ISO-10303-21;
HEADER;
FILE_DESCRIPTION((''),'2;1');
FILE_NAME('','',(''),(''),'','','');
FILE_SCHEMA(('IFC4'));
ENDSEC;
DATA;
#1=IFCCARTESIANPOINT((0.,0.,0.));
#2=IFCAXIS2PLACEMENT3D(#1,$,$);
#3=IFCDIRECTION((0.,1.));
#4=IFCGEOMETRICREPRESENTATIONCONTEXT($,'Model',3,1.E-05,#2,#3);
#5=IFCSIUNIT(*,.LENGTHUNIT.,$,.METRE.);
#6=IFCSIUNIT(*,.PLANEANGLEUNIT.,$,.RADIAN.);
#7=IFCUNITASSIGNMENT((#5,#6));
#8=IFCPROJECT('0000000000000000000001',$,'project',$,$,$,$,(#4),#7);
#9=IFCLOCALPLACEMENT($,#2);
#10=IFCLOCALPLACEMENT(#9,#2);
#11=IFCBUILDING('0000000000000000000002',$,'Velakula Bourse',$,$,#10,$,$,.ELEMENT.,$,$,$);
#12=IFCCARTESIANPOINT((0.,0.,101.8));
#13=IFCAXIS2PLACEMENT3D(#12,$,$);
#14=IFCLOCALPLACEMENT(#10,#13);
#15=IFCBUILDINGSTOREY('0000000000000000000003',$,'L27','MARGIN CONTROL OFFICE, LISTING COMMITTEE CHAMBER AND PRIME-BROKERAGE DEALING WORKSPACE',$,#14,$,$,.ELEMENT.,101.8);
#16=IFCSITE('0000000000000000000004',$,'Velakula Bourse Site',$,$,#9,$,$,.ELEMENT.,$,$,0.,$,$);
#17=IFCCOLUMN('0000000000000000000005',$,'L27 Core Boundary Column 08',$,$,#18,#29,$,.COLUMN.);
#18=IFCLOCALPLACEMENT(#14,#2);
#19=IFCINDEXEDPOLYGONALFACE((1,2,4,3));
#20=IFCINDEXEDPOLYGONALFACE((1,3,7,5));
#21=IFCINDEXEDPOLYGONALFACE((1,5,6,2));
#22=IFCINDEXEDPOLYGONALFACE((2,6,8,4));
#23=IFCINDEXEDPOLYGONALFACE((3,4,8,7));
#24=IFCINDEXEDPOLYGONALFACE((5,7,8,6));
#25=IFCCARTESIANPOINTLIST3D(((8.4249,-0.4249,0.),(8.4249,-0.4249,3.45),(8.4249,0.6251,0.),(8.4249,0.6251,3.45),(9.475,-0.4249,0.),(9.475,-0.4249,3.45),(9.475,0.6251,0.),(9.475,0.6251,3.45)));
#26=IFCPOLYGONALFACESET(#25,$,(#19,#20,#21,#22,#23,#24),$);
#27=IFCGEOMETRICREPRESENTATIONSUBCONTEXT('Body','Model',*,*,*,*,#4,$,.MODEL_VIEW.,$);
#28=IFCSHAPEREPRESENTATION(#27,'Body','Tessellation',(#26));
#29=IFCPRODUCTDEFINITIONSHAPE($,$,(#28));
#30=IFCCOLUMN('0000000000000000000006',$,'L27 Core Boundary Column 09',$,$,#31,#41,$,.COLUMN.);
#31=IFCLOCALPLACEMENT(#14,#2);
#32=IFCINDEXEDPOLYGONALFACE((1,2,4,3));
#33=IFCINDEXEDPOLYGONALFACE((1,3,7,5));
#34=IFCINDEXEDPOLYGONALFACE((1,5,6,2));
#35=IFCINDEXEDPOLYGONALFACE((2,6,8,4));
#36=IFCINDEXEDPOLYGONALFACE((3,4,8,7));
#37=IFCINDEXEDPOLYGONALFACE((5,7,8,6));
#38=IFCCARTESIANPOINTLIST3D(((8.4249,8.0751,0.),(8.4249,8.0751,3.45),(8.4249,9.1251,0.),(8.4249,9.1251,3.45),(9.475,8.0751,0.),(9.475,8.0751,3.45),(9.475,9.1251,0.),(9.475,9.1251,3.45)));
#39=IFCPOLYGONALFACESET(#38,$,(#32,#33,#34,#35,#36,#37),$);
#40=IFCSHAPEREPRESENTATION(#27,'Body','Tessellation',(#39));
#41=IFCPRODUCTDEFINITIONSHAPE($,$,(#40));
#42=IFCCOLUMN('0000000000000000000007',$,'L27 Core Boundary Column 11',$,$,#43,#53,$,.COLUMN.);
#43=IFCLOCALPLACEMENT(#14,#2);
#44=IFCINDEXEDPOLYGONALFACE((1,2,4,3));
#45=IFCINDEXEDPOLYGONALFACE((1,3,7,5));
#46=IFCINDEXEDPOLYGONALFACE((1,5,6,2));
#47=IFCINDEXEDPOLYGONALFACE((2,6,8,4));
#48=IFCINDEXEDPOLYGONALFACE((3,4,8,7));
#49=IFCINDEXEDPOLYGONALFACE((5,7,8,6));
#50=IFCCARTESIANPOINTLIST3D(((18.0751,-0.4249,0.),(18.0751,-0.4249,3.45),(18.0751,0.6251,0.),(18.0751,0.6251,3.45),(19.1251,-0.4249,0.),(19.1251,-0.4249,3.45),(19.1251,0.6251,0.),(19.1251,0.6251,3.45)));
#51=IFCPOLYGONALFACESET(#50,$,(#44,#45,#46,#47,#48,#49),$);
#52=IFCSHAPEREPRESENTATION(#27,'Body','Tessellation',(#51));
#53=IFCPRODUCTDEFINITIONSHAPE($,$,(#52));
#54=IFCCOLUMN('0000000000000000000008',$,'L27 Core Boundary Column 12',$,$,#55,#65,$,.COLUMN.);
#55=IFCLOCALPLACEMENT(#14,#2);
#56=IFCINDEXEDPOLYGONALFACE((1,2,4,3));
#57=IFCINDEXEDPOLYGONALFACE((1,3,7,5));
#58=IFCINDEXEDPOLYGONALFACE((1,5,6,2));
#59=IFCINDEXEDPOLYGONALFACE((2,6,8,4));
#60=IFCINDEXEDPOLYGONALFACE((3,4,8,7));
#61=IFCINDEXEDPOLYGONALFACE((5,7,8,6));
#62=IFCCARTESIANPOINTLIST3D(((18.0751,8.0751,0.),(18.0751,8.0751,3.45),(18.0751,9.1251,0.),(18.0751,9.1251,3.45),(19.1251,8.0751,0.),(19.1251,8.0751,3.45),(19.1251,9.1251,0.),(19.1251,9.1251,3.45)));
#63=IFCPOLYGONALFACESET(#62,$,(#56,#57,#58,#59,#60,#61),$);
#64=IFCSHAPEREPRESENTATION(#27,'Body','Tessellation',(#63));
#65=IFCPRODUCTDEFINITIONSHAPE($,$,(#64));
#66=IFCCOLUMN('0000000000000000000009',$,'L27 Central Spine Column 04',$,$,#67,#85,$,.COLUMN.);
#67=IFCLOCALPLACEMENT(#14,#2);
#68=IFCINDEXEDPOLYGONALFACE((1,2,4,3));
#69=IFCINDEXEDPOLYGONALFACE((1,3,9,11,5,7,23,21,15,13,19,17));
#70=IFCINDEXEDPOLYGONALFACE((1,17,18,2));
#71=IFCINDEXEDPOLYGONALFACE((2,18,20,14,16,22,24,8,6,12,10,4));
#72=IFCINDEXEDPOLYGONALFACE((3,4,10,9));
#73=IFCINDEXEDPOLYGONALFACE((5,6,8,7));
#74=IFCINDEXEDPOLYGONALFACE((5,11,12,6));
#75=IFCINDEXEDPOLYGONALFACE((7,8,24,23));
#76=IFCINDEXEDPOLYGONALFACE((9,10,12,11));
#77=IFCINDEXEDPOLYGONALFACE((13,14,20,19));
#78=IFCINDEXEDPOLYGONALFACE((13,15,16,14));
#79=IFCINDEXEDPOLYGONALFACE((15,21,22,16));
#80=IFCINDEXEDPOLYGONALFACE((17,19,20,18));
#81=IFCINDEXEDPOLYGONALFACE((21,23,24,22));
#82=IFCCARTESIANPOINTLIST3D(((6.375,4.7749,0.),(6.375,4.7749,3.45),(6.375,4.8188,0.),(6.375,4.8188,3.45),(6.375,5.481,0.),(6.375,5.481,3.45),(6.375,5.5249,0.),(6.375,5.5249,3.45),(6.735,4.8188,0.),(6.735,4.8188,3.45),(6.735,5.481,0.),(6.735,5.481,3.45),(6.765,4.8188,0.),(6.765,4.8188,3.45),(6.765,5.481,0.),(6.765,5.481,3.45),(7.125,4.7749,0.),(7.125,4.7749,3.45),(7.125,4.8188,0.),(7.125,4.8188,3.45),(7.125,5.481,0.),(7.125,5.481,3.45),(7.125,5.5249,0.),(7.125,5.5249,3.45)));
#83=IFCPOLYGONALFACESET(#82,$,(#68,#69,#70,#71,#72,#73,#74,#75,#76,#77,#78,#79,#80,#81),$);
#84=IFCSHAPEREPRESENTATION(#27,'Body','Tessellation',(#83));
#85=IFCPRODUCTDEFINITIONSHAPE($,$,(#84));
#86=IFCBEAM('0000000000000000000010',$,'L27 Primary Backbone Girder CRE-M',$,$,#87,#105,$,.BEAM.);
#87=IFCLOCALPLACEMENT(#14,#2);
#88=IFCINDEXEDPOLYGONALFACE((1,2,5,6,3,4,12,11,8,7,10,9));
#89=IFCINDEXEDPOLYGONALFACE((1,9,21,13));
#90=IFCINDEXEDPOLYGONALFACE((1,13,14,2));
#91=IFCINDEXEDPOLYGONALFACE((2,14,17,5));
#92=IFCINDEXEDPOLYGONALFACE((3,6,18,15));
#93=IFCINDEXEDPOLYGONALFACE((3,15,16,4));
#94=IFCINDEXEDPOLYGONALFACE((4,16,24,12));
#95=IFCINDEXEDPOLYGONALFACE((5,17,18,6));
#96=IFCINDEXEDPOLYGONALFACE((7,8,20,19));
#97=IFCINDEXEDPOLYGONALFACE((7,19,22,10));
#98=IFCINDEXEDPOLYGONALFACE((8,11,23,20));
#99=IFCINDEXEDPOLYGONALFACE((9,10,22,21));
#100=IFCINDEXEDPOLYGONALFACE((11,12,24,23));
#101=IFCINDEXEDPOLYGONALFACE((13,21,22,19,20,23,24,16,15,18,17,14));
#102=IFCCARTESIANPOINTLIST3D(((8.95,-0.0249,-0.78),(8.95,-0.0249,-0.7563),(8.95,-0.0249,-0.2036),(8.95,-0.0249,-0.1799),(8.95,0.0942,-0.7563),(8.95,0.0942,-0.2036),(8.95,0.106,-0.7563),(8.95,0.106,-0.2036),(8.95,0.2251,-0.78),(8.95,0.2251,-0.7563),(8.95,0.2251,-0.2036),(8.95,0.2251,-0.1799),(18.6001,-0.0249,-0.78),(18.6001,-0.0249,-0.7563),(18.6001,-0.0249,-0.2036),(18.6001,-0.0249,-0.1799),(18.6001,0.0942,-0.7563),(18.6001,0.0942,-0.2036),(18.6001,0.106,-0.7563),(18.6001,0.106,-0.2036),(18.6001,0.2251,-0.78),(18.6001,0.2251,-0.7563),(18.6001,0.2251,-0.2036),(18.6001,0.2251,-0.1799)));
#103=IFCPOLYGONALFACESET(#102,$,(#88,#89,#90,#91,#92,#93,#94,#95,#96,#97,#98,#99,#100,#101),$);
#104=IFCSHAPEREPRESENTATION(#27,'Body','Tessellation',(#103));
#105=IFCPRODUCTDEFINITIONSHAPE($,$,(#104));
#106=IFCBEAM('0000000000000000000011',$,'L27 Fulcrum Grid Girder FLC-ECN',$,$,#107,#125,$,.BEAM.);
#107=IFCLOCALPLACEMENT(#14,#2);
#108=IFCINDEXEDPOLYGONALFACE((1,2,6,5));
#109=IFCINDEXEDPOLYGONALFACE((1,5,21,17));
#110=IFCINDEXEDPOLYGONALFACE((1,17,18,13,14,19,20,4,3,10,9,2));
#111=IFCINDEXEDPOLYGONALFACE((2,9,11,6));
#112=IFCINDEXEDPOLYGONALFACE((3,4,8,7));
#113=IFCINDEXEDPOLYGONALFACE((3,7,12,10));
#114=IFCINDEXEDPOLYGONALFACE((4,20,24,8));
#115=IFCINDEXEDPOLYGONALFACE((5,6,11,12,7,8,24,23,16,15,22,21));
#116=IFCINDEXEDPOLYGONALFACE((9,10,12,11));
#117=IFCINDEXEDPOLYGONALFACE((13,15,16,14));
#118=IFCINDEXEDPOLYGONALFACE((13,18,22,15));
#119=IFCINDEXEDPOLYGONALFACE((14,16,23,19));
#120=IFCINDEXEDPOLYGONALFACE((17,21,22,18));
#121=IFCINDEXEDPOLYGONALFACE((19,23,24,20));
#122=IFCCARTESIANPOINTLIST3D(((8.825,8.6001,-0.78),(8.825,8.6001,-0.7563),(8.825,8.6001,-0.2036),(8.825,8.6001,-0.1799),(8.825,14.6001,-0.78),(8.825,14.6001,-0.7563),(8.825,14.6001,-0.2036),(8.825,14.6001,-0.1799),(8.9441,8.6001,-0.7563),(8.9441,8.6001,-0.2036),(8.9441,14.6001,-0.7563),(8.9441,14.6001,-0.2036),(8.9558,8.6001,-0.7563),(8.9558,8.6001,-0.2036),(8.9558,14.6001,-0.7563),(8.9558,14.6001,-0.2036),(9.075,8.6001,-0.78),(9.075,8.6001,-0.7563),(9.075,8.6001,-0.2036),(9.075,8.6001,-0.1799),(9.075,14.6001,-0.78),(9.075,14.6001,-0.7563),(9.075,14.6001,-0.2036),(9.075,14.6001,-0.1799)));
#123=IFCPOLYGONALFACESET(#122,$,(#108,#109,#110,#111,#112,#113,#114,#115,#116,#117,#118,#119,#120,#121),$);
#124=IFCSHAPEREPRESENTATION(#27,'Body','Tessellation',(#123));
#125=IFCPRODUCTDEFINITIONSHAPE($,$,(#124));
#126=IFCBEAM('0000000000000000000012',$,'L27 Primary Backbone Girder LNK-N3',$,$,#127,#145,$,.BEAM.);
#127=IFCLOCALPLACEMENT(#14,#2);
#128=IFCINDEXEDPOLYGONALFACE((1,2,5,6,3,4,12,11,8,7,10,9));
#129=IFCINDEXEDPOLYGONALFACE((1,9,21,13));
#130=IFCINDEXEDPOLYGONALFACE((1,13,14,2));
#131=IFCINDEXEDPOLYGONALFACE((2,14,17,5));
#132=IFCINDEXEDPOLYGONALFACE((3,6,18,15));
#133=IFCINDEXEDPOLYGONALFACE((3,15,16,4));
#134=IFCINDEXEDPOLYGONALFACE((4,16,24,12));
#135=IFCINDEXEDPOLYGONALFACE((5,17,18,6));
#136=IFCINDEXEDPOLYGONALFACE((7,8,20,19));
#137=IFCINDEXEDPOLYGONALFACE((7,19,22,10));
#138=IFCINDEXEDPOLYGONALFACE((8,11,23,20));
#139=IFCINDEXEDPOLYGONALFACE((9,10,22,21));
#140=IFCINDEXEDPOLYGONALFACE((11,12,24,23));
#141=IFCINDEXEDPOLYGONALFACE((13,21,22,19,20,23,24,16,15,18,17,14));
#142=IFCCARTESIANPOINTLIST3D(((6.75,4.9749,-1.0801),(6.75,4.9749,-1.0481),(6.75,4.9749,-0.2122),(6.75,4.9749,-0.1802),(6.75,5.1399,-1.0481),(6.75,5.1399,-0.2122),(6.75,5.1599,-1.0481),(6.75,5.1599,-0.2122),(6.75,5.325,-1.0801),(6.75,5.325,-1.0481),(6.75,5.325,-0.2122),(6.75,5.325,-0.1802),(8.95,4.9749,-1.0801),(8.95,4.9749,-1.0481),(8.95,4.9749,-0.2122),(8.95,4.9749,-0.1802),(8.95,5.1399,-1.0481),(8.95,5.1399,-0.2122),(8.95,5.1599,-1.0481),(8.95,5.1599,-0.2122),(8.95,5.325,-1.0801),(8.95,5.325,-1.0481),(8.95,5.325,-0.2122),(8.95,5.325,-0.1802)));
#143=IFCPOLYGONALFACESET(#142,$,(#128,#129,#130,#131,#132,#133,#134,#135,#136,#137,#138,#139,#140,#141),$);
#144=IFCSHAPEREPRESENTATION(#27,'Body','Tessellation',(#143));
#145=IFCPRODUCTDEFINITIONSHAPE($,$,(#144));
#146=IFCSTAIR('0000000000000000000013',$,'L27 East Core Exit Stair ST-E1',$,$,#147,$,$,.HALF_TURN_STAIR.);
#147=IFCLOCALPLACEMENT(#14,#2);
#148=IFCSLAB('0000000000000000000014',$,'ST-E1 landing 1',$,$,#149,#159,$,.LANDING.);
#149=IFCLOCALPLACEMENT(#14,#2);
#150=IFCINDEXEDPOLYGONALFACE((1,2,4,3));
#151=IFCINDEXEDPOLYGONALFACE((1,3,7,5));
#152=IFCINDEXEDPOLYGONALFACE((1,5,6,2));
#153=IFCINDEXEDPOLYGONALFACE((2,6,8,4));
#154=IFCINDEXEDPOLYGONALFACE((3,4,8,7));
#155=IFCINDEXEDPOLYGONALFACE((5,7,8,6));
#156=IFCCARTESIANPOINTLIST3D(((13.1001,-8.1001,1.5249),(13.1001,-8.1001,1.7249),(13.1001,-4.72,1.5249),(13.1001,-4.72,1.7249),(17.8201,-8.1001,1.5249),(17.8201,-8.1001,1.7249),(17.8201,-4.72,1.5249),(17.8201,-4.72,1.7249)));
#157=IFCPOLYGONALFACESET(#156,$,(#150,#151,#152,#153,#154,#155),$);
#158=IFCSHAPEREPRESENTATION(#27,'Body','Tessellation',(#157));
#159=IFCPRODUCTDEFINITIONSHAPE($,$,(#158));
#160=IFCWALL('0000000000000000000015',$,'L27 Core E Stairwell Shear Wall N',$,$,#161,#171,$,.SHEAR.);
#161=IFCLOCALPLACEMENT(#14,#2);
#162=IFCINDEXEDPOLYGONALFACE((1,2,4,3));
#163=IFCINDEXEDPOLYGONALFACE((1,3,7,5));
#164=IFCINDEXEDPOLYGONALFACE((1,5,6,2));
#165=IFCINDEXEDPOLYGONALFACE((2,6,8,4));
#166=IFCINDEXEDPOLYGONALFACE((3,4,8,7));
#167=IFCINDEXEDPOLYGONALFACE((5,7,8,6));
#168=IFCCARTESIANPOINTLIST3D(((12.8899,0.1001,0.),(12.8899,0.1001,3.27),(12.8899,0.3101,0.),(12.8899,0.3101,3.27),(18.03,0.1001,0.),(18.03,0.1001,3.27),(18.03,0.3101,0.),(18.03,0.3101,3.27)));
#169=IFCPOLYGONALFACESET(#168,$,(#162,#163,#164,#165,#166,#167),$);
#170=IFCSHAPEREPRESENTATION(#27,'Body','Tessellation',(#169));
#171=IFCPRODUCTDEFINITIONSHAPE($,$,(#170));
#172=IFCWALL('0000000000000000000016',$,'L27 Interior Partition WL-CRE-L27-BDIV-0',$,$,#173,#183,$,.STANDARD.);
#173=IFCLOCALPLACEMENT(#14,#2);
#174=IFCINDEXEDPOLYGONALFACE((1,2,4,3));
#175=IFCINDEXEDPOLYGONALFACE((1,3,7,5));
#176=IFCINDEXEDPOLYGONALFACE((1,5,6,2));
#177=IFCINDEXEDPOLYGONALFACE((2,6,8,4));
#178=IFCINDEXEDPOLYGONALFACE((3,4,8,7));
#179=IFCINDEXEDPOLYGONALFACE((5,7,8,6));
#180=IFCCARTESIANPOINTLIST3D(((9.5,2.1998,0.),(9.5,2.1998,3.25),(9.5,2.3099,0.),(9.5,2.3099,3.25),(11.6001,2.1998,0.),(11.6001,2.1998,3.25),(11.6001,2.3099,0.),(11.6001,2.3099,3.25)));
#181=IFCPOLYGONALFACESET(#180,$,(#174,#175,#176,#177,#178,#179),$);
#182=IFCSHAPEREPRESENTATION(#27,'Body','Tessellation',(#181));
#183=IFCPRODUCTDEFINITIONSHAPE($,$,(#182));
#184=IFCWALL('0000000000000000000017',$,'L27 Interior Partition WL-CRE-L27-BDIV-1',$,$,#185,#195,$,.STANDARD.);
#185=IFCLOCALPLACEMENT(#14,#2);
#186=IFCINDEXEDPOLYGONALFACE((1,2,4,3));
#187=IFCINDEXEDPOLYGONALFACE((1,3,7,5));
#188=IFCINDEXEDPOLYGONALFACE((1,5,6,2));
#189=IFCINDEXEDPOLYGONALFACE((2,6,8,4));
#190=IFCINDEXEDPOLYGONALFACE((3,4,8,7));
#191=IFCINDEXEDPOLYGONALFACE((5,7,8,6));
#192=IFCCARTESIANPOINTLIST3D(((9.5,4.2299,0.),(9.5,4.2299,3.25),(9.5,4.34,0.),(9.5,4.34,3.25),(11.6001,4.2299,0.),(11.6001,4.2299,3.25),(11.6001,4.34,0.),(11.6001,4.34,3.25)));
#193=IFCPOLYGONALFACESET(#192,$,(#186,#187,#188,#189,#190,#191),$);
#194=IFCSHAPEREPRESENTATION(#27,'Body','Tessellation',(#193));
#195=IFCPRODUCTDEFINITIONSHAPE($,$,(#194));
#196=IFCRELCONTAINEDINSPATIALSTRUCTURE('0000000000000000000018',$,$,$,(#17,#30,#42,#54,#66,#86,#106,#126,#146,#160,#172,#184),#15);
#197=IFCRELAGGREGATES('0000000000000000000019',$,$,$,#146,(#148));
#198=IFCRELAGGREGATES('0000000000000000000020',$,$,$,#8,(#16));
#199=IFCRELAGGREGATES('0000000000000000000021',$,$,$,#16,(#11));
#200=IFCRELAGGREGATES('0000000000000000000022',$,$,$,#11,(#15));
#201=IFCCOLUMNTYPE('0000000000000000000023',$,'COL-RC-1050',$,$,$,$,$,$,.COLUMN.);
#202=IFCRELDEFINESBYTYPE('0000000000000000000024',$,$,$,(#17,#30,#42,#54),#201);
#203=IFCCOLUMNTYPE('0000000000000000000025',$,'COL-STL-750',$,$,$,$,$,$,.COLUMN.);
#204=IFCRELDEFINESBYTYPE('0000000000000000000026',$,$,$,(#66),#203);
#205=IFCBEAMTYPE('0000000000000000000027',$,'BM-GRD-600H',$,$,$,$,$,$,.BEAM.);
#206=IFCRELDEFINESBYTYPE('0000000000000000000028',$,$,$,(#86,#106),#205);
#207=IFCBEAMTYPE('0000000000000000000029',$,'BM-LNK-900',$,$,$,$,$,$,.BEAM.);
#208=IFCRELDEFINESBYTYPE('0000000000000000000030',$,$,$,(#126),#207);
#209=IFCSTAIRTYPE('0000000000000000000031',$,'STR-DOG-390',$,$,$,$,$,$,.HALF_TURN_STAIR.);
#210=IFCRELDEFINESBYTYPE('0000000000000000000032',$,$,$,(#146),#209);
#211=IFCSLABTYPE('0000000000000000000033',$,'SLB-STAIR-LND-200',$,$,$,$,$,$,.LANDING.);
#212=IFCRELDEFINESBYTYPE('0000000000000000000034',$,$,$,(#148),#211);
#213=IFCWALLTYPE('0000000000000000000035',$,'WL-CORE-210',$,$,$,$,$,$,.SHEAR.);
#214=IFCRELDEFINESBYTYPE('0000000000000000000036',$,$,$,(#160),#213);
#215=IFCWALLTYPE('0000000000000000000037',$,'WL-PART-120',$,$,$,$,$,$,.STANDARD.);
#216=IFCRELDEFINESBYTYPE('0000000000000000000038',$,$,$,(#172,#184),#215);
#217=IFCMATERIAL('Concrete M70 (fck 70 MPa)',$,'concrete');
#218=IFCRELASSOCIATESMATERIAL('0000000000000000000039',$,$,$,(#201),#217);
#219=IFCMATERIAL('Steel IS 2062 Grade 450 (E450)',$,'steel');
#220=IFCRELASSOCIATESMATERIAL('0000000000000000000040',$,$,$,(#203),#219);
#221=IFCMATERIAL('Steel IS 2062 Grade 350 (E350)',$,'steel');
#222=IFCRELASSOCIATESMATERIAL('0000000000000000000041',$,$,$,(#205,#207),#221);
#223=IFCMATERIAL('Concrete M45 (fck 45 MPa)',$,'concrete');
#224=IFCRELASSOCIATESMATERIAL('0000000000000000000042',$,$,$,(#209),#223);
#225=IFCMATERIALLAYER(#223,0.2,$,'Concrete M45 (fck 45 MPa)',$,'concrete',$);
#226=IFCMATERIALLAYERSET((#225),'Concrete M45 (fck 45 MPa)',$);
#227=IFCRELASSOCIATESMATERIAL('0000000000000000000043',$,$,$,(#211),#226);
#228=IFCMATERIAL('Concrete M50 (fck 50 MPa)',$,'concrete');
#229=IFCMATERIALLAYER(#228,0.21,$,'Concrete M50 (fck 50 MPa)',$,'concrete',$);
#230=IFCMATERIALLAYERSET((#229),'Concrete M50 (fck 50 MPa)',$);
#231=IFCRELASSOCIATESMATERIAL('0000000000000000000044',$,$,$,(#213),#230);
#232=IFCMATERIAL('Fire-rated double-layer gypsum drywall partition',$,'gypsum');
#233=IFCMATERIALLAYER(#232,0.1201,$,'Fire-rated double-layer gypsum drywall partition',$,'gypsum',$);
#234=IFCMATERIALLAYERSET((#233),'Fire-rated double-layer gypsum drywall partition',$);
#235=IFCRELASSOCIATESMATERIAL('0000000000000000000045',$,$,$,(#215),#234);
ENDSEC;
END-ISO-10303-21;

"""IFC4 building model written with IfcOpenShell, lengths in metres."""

from ifc_helpers import new_model, si_unit, direction, frame, frame_2d, origin, origin_2d, place, context, subcontext, project, spatial, polyline, rectangle, i_section, outline, extrude, material, layer, layer_set, material_profile, profile_set, type_object, element, aggregate, save


model = new_model("IFC4")

# Units and contexts
model_context = context("Model", 3, precision=1e-05, world=origin(), true_north=direction((0.0, 1.0)))
body_context = subcontext(model_context, "Body", "Model", "MODEL_VIEW")
ifc_project = project(units=[si_unit("LENGTHUNIT", "METRE"), si_unit("PLANEANGLEUNIT", "RADIAN")], contexts=[model_context])

# Site, building, storey
site_placement = place(None, origin())
site = spatial("IfcSite", under=ifc_project, at=site_placement, Name="Velakula Bourse Site", CompositionType="ELEMENT", RefElevation=0.0)
building_placement = place(site_placement, origin())
building = spatial("IfcBuilding", under=site, at=building_placement, Name="Velakula Bourse", CompositionType="ELEMENT")
storey_placement = place(building_placement, frame((0.0, 0.0, 101.8)))
storey = spatial("IfcBuildingStorey", under=building, at=storey_placement, Name="L27", Description="MARGIN CONTROL OFFICE, LISTING COMMITTEE CHAMBER AND PRIME-BROKERAGE DEALING WORKSPACE", CompositionType="ELEMENT", Elevation=101.8)

# Columns
ifc_material_1 = material(Name="Concrete M70 (fck 70 MPa)", Category="concrete")
ifc_material_profile_1 = material_profile(ifc_material_1, rectangle(XDim=1.05, YDim=1.05, at=origin_2d()), Name="Concrete M70 (fck 70 MPa)")
ifc_profile_set_1 = profile_set([ifc_material_profile_1], Name="Concrete M70 (fck 70 MPa)")
column_type_1 = type_object("IfcColumnType", Name="COL-RC-1050", PredefinedType="COLUMN", material=ifc_profile_set_1)
for number, where, z_axis, x_axis, name in (
    (1, (8.95, 0.1001, 0.0), (0.0, 0.0, 1.0), (1.0, 0.0, 0.0), "L27 Core Boundary Column 08"),
    (2, (8.95, 8.6001, 0.0), (0.0, 0.0, 1.0), (1.0, 0.0, 0.0), "L27 Core Boundary Column 09"),
    (3, (18.6001, 0.1001, 0.0), (0.0, 0.0, 1.0), (1.0, 0.0, 0.0), "L27 Core Boundary Column 11"),
    (4, (18.6001, 8.6001, 0.0), (0.0, 0.0, 1.0), (1.0, 0.0, 0.0), "L27 Core Boundary Column 12"),
):
    element("IfcColumn", number, at=place(storey_placement, frame(where, z_axis=z_axis, x_axis=x_axis)), inside=storey, type_object=column_type_1, Name=name, PredefinedType="COLUMN", context=body_context, shape_type="SweptSolid", body=[
        extrude(rectangle(XDim=1.05, YDim=1.05, at=origin_2d()), origin(), (0.0, 0.0, 1.0), 3.45),
    ])
ifc_material_2 = material(Name="Steel IS 2062 Grade 450 (E450)", Category="steel")
ifc_material_profile_2 = material_profile(ifc_material_2, i_section(OverallWidth=0.75, OverallDepth=0.75, WebThickness=0.03, FlangeThickness=0.0439, at=origin_2d()), Name="Steel IS 2062 Grade 450 (E450)")
ifc_profile_set_2 = profile_set([ifc_material_profile_2], Name="Steel IS 2062 Grade 450 (E450)")
column_type_2 = type_object("IfcColumnType", Name="COL-STL-750", PredefinedType="COLUMN", material=ifc_profile_set_2)
column_placement = place(storey_placement, frame((6.75, 5.1499, 0.0), z_axis=(0.0, 0.0, 1.0), x_axis=(1.0, 0.0, 0.0)))
element("IfcColumn", 5, at=column_placement, inside=storey, type_object=column_type_2, Name="L27 Central Spine Column 04", PredefinedType="COLUMN", context=body_context, shape_type="SweptSolid", body=[
    extrude(i_section(OverallWidth=0.75, OverallDepth=0.75, WebThickness=0.03, FlangeThickness=0.0439, at=origin_2d()), origin(), (0.0, 0.0, 1.0), 3.45),
])

# Beams
ifc_material_3 = material(Name="Steel IS 2062 Grade 350 (E350)", Category="steel")
ifc_material_profile_3 = material_profile(ifc_material_3, i_section(OverallWidth=0.25, OverallDepth=0.6001, WebThickness=0.0117, FlangeThickness=0.0237, at=origin_2d()), Name="Steel IS 2062 Grade 350 (E350)")
ifc_profile_set_3 = profile_set([ifc_material_profile_3], Name="Steel IS 2062 Grade 350 (E350)")
beam_type_1 = type_object("IfcBeamType", Name="BM-GRD-600H", PredefinedType="BEAM", material=ifc_profile_set_3)
beam_1_placement = place(storey_placement, frame((8.95, 0.1001, -0.48), z_axis=(1.0, 0.0, 0.0), x_axis=(0.0, 1.0, 0.0)))
element("IfcBeam", 6, at=beam_1_placement, inside=storey, type_object=beam_type_1, Name="L27 Primary Backbone Girder CRE-M", PredefinedType="BEAM", context=body_context, shape_type="SweptSolid", body=[
    extrude(i_section(OverallWidth=0.25, OverallDepth=0.6001, WebThickness=0.0117, FlangeThickness=0.0237, at=origin_2d()), origin(), (0.0, 0.0, 1.0), 9.6501),
])
beam_2_placement = place(storey_placement, frame((8.95, 8.6001, -0.48), z_axis=(0.0, 1.0, 0.0), x_axis=(-1.0, 0.0, 0.0)))
element("IfcBeam", 7, at=beam_2_placement, inside=storey, type_object=beam_type_1, Name="L27 Fulcrum Grid Girder FLC-ECN", PredefinedType="BEAM", context=body_context, shape_type="SweptSolid", body=[
    extrude(i_section(OverallWidth=0.25, OverallDepth=0.6001, WebThickness=0.0117, FlangeThickness=0.0237, at=origin_2d()), origin(), (0.0, 0.0, 1.0), 6.0),
])
ifc_material_profile_4 = material_profile(ifc_material_3, i_section(OverallWidth=0.3501, OverallDepth=0.8999, WebThickness=0.02, FlangeThickness=0.032, at=origin_2d()), Name="Steel IS 2062 Grade 350 (E350)")
ifc_profile_set_4 = profile_set([ifc_material_profile_4], Name="Steel IS 2062 Grade 350 (E350)")
beam_type_2 = type_object("IfcBeamType", Name="BM-LNK-900", PredefinedType="BEAM", material=ifc_profile_set_4)
beam_3_placement = place(storey_placement, frame((6.75, 5.1499, -0.6301), z_axis=(1.0, 0.0, 0.0), x_axis=(0.0, 1.0, 0.0)))
element("IfcBeam", 8, at=beam_3_placement, inside=storey, type_object=beam_type_2, Name="L27 Primary Backbone Girder LNK-N3", PredefinedType="BEAM", context=body_context, shape_type="SweptSolid", body=[
    extrude(i_section(OverallWidth=0.3501, OverallDepth=0.8999, WebThickness=0.02, FlangeThickness=0.032, at=origin_2d()), origin(), (0.0, 0.0, 1.0), 2.2),
])

# Stair, slab
ifc_material_4 = material(Name="Concrete M45 (fck 45 MPa)", Category="concrete")
stair_type = type_object("IfcStairType", Name="STR-DOG-390", PredefinedType="HALF_TURN_STAIR", material=ifc_material_4)
stair_placement = place(storey_placement, origin())
stair = element("IfcStair", 9, at=stair_placement, inside=storey, type_object=stair_type, Name="L27 East Core Exit Stair ST-E1", PredefinedType="HALF_TURN_STAIR")
ifc_layer_1 = layer(ifc_material_4, 0.2, Name="Concrete M45 (fck 45 MPa)", Category="concrete")
ifc_layer_set_1 = layer_set([ifc_layer_1], Name="Concrete M45 (fck 45 MPa)")
slab_type = type_object("IfcSlabType", Name="SLB-STAIR-LND-200", PredefinedType="LANDING", material=ifc_layer_set_1)
slab_placement = place(storey_placement, frame((0.0, 0.0, 1.5249)))
slab = element("IfcSlab", 10, at=slab_placement, type_object=slab_type, Name="ST-E1 landing 1", PredefinedType="LANDING", context=body_context, shape_type="SweptSolid", body=[
    extrude(outline(polyline([(13.1001, -4.72), (13.1001, -8.1001), (17.8201, -8.1001), (17.8201, -4.72), (13.1001, -4.72)])), origin(), (0.0, 0.0, 1.0), 0.2),
])
aggregate(stair, [slab])

# Walls
ifc_material_5 = material(Name="Concrete M50 (fck 50 MPa)", Category="concrete")
ifc_layer_2 = layer(ifc_material_5, 0.21, Name="Concrete M50 (fck 50 MPa)", Category="concrete")
ifc_layer_set_2 = layer_set([ifc_layer_2], Name="Concrete M50 (fck 50 MPa)")
wall_type_1 = type_object("IfcWallType", Name="WL-CORE-210", PredefinedType="SHEAR", material=ifc_layer_set_2)
wall_1_placement = place(storey_placement, frame((18.03, 0.2051, 0.0), z_axis=(0.0, 0.0, 1.0), x_axis=(-1.0, 0.0, 0.0)))
element("IfcWall", 11, at=wall_1_placement, inside=storey, type_object=wall_type_1, Name="L27 Core E Stairwell Shear Wall N", PredefinedType="SHEAR", context=body_context, shape_type="SweptSolid", body=[
    extrude(rectangle(XDim=5.1401, YDim=0.21, at=frame_2d((2.5701, 0.0))), origin(), (0.0, 0.0, 1.0), 3.27),
])
ifc_material_6 = material(Name="Fire-rated double-layer gypsum drywall partition", Category="gypsum")
ifc_layer_3 = layer(ifc_material_6, 0.1201, Name="Fire-rated double-layer gypsum drywall partition", Category="gypsum")
ifc_layer_set_3 = layer_set([ifc_layer_3], Name="Fire-rated double-layer gypsum drywall partition")
wall_type_2 = type_object("IfcWallType", Name="WL-PART-120", PredefinedType="STANDARD", material=ifc_layer_set_3)
for number, where, z_axis, x_axis, name in (
    (12, (9.5, 2.2549, 0.0), (0.0, 0.0, 1.0), (1.0, 0.0, 0.0), "L27 Interior Partition WL-CRE-L27-BDIV-0"),
    (13, (9.5, 4.2849, 0.0), (0.0, 0.0, 1.0), (1.0, 0.0, 0.0), "L27 Interior Partition WL-CRE-L27-BDIV-1"),
):
    element("IfcWall", number, at=place(storey_placement, frame(where, z_axis=z_axis, x_axis=x_axis)), inside=storey, type_object=wall_type_2, Name=name, PredefinedType="STANDARD", context=body_context, shape_type="SweptSolid", body=[
        extrude(rectangle(XDim=2.1001, YDim=0.1101, at=frame_2d((1.05, 0.0))), origin(), (0.0, 0.0, 1.0), 3.25),
    ])

save(model, "model.ifc")
